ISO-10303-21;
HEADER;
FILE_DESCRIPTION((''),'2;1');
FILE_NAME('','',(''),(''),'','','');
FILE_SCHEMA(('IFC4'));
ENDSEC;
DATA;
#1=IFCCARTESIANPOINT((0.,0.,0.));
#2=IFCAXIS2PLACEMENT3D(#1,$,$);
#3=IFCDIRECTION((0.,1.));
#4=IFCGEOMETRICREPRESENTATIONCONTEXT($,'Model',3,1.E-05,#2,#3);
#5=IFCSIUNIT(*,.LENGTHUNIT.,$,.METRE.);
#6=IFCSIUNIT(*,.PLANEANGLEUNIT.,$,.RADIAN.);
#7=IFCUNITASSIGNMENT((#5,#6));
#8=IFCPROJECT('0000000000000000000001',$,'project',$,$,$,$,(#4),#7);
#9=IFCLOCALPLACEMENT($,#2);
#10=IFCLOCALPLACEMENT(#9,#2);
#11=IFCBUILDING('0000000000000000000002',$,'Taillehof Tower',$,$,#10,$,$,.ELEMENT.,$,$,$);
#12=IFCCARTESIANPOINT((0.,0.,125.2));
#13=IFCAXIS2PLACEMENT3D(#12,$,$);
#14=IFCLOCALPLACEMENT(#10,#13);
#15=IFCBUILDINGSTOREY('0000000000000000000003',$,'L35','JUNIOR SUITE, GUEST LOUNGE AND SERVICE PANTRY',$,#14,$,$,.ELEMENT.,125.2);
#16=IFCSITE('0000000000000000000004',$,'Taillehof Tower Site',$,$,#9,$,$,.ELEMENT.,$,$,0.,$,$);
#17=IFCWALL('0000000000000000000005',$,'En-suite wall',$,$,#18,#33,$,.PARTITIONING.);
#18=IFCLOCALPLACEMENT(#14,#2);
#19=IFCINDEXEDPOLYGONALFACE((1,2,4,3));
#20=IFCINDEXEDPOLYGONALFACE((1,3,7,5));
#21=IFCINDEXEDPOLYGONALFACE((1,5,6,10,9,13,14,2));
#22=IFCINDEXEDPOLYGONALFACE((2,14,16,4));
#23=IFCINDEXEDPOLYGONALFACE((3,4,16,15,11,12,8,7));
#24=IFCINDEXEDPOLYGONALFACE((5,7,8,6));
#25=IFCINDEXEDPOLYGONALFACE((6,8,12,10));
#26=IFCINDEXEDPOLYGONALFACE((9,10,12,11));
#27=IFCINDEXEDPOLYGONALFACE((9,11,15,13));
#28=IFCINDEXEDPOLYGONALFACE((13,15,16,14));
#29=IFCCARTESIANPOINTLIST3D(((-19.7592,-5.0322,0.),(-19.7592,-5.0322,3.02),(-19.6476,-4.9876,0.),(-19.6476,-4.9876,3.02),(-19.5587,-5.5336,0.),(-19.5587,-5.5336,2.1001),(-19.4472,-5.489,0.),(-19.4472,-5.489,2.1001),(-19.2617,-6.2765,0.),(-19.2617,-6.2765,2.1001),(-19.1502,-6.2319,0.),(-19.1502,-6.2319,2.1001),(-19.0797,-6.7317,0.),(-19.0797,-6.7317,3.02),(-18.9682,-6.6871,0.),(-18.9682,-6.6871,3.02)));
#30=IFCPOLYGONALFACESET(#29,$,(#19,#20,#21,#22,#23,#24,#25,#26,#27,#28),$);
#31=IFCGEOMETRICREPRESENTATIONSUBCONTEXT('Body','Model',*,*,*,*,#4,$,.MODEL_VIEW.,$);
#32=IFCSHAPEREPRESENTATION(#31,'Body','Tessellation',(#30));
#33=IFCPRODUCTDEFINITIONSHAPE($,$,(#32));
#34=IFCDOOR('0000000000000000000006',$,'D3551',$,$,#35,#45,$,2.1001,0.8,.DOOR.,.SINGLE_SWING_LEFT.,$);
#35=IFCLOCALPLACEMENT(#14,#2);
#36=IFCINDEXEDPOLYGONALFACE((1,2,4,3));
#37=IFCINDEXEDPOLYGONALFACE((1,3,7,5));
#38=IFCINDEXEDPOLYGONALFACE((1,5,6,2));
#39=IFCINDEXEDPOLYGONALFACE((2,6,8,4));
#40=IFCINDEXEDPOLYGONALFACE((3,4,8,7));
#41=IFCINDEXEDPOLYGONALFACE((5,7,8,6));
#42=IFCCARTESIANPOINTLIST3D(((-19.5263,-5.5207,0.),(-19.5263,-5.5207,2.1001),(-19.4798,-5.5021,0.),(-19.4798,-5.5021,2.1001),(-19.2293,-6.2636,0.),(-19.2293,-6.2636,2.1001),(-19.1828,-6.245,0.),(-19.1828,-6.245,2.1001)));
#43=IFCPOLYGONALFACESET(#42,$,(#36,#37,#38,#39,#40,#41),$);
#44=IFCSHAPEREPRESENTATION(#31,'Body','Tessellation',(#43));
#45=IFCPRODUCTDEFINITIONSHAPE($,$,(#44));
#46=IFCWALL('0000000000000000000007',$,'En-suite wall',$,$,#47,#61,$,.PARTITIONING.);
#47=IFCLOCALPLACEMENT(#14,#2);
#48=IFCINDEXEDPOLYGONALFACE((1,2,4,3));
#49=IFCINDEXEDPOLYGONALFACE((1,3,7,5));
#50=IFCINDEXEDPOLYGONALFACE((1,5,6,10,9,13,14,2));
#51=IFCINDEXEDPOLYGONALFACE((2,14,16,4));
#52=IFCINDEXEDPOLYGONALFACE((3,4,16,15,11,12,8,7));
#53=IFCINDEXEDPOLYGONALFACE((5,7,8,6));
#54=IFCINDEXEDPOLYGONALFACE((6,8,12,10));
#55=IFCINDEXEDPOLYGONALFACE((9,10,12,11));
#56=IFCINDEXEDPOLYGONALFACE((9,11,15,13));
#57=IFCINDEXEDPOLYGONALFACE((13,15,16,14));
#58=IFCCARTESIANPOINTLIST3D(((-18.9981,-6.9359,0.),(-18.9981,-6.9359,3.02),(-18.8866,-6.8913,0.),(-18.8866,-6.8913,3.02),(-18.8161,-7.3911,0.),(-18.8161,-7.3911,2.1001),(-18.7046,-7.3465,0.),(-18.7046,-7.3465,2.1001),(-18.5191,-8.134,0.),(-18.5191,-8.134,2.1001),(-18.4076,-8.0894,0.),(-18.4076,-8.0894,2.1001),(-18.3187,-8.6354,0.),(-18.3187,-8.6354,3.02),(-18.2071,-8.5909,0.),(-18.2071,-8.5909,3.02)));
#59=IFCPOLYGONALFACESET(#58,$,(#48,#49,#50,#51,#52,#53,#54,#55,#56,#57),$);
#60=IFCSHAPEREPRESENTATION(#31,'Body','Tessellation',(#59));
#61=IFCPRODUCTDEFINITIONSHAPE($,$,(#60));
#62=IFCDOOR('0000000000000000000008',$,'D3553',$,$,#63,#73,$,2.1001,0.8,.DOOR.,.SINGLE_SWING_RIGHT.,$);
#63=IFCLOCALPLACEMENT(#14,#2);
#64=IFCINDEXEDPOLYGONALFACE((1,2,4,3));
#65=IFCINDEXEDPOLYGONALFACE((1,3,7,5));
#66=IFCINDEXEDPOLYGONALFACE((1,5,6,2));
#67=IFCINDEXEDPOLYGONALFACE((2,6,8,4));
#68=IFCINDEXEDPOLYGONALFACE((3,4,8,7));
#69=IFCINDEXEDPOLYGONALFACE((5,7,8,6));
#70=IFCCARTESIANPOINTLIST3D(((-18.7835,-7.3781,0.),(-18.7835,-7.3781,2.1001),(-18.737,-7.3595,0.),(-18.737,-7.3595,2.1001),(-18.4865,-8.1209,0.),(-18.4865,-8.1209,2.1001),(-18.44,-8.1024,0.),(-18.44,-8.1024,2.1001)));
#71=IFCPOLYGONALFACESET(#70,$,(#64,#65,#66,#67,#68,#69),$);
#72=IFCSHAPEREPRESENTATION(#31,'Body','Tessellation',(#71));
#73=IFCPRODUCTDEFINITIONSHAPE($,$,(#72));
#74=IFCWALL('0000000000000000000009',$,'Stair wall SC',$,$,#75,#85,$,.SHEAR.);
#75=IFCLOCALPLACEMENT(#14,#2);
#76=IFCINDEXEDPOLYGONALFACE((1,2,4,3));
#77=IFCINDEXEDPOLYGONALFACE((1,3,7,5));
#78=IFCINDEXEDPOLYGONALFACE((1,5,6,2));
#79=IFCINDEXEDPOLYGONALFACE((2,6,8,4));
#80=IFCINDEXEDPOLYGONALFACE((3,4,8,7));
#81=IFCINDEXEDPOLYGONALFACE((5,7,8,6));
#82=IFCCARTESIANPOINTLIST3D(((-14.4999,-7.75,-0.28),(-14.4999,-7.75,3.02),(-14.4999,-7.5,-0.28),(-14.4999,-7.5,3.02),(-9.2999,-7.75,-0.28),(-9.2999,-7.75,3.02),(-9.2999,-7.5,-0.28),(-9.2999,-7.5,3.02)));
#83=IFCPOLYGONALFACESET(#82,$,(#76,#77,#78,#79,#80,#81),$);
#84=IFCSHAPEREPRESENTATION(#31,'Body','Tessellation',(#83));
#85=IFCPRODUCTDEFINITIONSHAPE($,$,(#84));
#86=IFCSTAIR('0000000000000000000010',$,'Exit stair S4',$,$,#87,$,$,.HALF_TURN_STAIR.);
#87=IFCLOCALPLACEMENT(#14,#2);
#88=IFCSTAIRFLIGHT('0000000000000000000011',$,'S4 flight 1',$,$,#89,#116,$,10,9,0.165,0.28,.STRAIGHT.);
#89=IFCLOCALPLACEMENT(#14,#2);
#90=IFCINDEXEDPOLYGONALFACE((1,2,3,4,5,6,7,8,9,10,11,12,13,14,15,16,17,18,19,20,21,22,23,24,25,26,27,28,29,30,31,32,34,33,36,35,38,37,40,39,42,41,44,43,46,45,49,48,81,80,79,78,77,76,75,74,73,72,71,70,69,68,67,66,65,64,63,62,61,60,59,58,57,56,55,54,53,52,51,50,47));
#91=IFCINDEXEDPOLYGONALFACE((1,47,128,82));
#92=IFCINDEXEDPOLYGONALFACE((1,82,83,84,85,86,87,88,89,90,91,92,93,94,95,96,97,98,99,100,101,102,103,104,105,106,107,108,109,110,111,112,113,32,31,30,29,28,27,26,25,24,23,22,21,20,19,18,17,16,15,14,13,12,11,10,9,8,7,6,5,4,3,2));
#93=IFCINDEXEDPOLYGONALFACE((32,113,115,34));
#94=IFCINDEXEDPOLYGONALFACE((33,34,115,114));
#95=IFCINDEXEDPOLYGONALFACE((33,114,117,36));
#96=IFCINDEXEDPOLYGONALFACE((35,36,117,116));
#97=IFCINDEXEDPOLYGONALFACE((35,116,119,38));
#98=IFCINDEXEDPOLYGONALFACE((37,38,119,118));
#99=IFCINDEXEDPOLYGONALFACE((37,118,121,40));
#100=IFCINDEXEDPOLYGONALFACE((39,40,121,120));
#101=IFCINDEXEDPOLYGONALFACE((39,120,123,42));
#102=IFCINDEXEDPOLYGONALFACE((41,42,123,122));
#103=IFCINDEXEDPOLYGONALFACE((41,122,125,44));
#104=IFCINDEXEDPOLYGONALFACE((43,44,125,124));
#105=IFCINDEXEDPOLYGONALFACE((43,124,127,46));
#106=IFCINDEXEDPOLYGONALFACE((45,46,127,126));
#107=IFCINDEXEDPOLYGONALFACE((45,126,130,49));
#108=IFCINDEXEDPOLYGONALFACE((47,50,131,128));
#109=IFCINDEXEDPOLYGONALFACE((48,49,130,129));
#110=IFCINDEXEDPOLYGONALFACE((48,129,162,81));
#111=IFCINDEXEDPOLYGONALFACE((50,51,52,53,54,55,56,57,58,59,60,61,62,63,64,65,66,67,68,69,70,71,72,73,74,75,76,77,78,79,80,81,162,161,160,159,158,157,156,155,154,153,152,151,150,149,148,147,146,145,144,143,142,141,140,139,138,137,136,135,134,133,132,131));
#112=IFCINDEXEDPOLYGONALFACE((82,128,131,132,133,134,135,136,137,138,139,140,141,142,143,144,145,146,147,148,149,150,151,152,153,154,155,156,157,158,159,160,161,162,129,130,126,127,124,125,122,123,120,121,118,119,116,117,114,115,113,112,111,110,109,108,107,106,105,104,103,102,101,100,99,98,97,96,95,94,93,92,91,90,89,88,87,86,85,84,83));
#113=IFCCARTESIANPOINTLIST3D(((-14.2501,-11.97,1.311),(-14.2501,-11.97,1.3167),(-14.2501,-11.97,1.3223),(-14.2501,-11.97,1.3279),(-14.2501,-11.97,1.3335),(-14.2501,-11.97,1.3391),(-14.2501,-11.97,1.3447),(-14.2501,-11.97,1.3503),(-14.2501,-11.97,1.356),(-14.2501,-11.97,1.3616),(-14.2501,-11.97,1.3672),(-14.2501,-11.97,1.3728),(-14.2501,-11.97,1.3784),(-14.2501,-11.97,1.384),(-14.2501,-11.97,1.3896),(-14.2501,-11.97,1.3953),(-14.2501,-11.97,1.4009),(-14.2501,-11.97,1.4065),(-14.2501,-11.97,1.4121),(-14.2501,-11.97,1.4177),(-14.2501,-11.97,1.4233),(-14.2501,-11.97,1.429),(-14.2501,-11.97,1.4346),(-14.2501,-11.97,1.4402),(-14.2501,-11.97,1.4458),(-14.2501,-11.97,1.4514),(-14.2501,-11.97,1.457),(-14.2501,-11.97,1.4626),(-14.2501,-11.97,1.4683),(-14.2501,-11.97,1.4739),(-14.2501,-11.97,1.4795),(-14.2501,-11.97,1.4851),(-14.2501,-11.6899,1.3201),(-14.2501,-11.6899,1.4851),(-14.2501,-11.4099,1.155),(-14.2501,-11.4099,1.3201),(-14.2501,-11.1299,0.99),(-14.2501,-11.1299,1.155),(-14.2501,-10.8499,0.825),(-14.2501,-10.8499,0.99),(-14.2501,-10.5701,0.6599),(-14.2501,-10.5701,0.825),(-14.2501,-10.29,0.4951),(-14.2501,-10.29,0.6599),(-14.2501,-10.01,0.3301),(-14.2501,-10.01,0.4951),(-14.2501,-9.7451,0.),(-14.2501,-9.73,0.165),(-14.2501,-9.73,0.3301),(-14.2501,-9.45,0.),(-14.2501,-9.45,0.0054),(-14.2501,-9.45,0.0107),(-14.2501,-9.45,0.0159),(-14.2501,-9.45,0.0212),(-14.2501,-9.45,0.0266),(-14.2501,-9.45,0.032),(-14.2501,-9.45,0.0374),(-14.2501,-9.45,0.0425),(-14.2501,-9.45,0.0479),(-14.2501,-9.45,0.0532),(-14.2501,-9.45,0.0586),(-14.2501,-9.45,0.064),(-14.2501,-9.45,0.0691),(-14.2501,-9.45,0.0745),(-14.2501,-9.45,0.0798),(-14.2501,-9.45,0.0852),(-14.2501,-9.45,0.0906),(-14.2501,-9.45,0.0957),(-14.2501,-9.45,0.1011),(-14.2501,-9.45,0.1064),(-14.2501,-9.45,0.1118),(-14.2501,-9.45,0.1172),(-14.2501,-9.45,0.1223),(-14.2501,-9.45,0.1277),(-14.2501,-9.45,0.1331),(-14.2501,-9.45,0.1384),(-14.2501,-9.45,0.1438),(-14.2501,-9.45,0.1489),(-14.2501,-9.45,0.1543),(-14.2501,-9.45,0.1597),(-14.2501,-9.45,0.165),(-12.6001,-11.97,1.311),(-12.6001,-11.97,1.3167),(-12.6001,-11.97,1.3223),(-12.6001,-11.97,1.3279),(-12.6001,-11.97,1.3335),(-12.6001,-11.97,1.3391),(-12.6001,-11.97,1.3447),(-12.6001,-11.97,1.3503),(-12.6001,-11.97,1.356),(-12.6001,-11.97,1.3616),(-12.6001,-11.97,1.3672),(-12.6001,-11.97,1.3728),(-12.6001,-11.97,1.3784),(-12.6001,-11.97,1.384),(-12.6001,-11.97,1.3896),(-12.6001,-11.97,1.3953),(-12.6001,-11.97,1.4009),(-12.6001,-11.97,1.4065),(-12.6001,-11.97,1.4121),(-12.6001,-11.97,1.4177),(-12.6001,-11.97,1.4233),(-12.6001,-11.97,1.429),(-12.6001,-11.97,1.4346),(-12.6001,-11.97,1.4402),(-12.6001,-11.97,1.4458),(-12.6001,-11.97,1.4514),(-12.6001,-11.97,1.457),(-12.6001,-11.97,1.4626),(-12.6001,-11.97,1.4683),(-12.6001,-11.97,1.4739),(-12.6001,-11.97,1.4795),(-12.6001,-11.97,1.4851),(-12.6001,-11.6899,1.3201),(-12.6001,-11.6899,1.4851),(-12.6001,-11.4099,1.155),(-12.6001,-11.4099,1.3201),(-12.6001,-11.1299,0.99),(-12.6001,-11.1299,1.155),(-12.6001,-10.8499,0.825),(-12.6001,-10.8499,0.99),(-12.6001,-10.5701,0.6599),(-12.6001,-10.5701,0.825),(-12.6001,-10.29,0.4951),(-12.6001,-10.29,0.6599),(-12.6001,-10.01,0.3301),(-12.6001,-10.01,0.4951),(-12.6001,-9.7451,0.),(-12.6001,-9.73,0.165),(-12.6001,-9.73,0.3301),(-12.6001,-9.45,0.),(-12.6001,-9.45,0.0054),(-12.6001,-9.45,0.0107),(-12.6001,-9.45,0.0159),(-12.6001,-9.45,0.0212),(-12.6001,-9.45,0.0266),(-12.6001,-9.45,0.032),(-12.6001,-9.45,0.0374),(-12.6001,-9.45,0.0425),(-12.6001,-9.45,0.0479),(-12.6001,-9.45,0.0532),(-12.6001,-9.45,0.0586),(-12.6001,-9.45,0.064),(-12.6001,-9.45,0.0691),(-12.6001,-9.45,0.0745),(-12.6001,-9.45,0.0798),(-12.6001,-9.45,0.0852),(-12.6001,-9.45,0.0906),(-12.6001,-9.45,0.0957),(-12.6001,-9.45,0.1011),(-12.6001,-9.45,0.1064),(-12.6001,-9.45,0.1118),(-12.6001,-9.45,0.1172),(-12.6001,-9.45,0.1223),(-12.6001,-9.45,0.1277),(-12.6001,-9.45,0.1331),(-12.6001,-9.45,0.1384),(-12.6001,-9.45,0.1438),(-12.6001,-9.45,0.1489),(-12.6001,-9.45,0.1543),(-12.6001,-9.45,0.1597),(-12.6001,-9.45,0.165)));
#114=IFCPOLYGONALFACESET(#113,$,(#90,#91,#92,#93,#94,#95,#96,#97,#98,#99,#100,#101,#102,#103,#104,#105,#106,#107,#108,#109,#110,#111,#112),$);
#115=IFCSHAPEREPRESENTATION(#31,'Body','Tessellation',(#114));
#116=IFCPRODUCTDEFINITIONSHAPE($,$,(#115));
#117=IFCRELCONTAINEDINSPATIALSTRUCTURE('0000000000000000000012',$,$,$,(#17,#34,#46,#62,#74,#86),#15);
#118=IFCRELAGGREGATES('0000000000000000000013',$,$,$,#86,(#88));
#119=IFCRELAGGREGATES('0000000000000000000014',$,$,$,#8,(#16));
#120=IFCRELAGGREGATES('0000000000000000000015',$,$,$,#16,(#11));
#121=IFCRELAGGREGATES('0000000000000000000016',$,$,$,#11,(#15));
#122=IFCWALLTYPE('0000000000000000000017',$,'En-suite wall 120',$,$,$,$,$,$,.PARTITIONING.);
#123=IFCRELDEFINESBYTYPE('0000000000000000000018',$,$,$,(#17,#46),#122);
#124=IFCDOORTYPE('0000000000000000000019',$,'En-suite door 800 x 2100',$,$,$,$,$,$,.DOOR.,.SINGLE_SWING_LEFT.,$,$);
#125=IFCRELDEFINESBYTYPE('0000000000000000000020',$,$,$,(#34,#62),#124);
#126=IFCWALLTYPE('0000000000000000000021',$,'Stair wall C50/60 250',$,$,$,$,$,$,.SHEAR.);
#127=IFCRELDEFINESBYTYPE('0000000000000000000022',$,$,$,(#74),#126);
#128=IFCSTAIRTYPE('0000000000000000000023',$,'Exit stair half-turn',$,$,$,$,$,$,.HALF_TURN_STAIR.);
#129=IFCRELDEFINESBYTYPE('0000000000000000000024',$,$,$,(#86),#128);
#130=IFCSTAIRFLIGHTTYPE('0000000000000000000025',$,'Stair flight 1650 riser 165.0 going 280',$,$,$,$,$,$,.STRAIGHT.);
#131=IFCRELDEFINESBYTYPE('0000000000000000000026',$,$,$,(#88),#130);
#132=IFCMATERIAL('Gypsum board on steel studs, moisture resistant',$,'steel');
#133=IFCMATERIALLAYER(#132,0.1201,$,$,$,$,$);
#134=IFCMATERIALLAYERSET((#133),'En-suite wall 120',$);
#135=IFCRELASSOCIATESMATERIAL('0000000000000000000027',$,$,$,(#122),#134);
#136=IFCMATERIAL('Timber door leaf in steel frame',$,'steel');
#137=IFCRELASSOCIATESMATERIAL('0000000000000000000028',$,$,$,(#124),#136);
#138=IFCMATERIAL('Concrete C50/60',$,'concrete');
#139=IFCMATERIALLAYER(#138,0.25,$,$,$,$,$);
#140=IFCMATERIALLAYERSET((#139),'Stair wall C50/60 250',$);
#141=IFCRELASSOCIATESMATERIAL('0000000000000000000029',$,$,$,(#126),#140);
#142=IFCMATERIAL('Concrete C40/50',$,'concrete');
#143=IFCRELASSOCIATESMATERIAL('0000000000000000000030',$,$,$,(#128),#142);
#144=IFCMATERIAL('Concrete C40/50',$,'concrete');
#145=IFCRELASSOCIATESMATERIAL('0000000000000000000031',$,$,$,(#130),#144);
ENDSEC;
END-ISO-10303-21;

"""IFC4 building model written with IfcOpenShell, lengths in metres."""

from ifc_helpers import new_model, si_unit, direction, frame, frame_2d, origin, place, context, subcontext, project, spatial, polyline, rectangle, outline, extrude, material, layer, layer_set, type_object, element, fill, aggregate, save


model = new_model("IFC4")

# Units and contexts
model_context = context("Model", 3, precision=1e-05, world=origin(), true_north=direction((0.0, 1.0)))
body_context = subcontext(model_context, "Body", "Model", "MODEL_VIEW")
ifc_project = project(units=[si_unit("LENGTHUNIT", "METRE"), si_unit("PLANEANGLEUNIT", "RADIAN")], contexts=[model_context])

# Site, building, storey
site_placement = place(None, origin())
site = spatial("IfcSite", under=ifc_project, at=site_placement, Name="Taillehof Tower Site", CompositionType="ELEMENT", RefElevation=0.0)
building_placement = place(site_placement, origin())
building = spatial("IfcBuilding", under=site, at=building_placement, Name="Taillehof Tower", CompositionType="ELEMENT")
storey_placement = place(building_placement, frame((0.0, 0.0, 125.2)))
storey = spatial("IfcBuildingStorey", under=building, at=storey_placement, Name="L35", Description="JUNIOR SUITE, GUEST LOUNGE AND SERVICE PANTRY", CompositionType="ELEMENT", Elevation=125.2)

# Shared definitions
ifc_material_1 = material(Name="Gypsum board on steel studs, moisture resistant", Category="steel")
ifc_layer_1 = layer(ifc_material_1, 0.1201)
ifc_layer_set_1 = layer_set([ifc_layer_1], Name="En-suite wall 120")
wall_type_1 = type_object("IfcWallType", Name="En-suite wall 120", PredefinedType="PARTITIONING", material=ifc_layer_set_1)

# Walls, openings, doors
wall_1_placement = place(storey_placement, frame((-19.7034, -5.01, 0.0), z_axis=(0.0, 0.0, 1.0), x_axis=(0.37123, -0.928541, 0.0)))
wall_1 = element("IfcWall", 1, at=wall_1_placement, inside=storey, type_object=wall_type_1, Name="En-suite wall", PredefinedType="PARTITIONING", context=body_context, shape_type="SweptSolid", body=[
    extrude(rectangle(XDim=1.8303, YDim=0.1201, at=frame_2d((0.915, 0.0))), origin(), (0.0, 0.0, 1.0), 3.02),
])
opening_1_placement = place(wall_1_placement, frame((0.54, 0.0, 0.0)))
opening_1 = element("IfcOpeningElement", 2, at=opening_1_placement, cuts=wall_1, PredefinedType="OPENING", context=body_context, shape_type="SweptSolid", body=[
    extrude(rectangle(XDim=0.8, YDim=2.1001, at=frame_2d((0.3999, 1.05))), frame((0.0, 0.0701, 0.0), z_axis=(0.0, -1.0, 0.0), x_axis=(1.0, 0.0, 0.0)), (0.0, 0.0, 1.0), 0.1401),
])
ifc_material_2 = material(Name="Timber door leaf in steel frame", Category="steel")
door_type_1 = type_object("IfcDoorType", Name="En-suite door 800 x 2100", OperationType="SINGLE_SWING_LEFT", PredefinedType="DOOR", material=ifc_material_2)
door_1_placement = place(opening_1_placement, origin())
door_1 = element("IfcDoor", 3, at=door_1_placement, inside=storey, type_object=door_type_1, Name="D3551", OperationType="SINGLE_SWING_LEFT", OverallHeight=2.1001, OverallWidth=0.8, PredefinedType="DOOR", context=body_context, shape_type="SweptSolid", body=[
    extrude(rectangle(XDim=0.8, YDim=2.1001, at=frame_2d((0.3999, 1.05))), frame((0.0, 0.0249, 0.0), z_axis=(0.0, -1.0, 0.0), x_axis=(1.0, 0.0, 0.0)), (0.0, 0.0, 1.0), 0.05),
])
fill(opening_1, door_1)
wall_2_placement = place(storey_placement, frame((-18.2629, -8.613, 0.0), z_axis=(0.0, 0.0, 1.0), x_axis=(-0.37123, 0.928541, 0.0)))
wall_2 = element("IfcWall", 4, at=wall_2_placement, inside=storey, type_object=wall_type_1, Name="En-suite wall", PredefinedType="PARTITIONING", context=body_context, shape_type="SweptSolid", body=[
    extrude(rectangle(XDim=1.8303, YDim=0.1201, at=frame_2d((0.915, 0.0))), origin(), (0.0, 0.0, 1.0), 3.02),
])
opening_2_placement = place(wall_2_placement, frame((0.54, 0.0, 0.0)))
opening_2 = element("IfcOpeningElement", 5, at=opening_2_placement, cuts=wall_2, PredefinedType="OPENING", context=body_context, shape_type="SweptSolid", body=[
    extrude(rectangle(XDim=0.8, YDim=2.1001, at=frame_2d((0.3999, 1.05))), frame((0.0, 0.0701, 0.0), z_axis=(0.0, -1.0, 0.0), x_axis=(1.0, 0.0, 0.0)), (0.0, 0.0, 1.0), 0.1401),
])
door_2_placement = place(opening_2_placement, origin())
door_2 = element("IfcDoor", 6, at=door_2_placement, inside=storey, type_object=door_type_1, Name="D3553", OperationType="SINGLE_SWING_RIGHT", OverallHeight=2.1001, OverallWidth=0.8, PredefinedType="DOOR", context=body_context, shape_type="SweptSolid", body=[
    extrude(rectangle(XDim=0.8, YDim=2.1001, at=frame_2d((0.3999, 1.05))), frame((0.0, 0.0249, 0.0), z_axis=(0.0, -1.0, 0.0), x_axis=(1.0, 0.0, 0.0)), (0.0, 0.0, 1.0), 0.05),
])
fill(opening_2, door_2)

# Wall
ifc_material_3 = material(Name="Concrete C50/60", Category="concrete")
ifc_layer_2 = layer(ifc_material_3, 0.25)
ifc_layer_set_2 = layer_set([ifc_layer_2], Name="Stair wall C50/60 250")
wall_type_2 = type_object("IfcWallType", Name="Stair wall C50/60 250", PredefinedType="SHEAR", material=ifc_layer_set_2)
wall_3_placement = place(storey_placement, frame((-14.5, -7.625, -0.28), z_axis=(0.0, 0.0, 1.0), x_axis=(1.0, 0.0, 0.0)))
element("IfcWall", 7, at=wall_3_placement, inside=storey, type_object=wall_type_2, Name="Stair wall SC", PredefinedType="SHEAR", context=body_context, shape_type="SweptSolid", body=[
    extrude(rectangle(XDim=5.2, YDim=0.25, at=frame_2d((2.6001, 0.0))), origin(), (0.0, 0.0, 1.0), 3.3),
])

# Stair, stair flight
ifc_material_4 = material(Name="Concrete C40/50", Category="concrete")
stair_type = type_object("IfcStairType", Name="Exit stair half-turn", PredefinedType="HALF_TURN_STAIR", material=ifc_material_4)
stair_placement = place(storey_placement, origin())
stair = element("IfcStair", 8, at=stair_placement, inside=storey, type_object=stair_type, Name="Exit stair S4", PredefinedType="HALF_TURN_STAIR")
ifc_material_5 = material(Name="Concrete C40/50", Category="concrete")
stair_flight_type = type_object("IfcStairFlightType", Name="Stair flight 1650 riser 165.0 going 280", PredefinedType="STRAIGHT", material=ifc_material_5)
stair_flight_placement = place(storey_placement, frame((-13.425, -9.45, 0.0), z_axis=(0.0, 0.0, 1.0), x_axis=(0.0, -1.0, 0.0)))
stair_flight = element("IfcStairFlight", 9, at=stair_flight_placement, type_object=stair_flight_type, Name="S4 flight 1", NumberOfRisers=10, NumberOfTreads=9, PredefinedType="STRAIGHT", RiserHeight=0.165, TreadLength=0.28, context=body_context, shape_type="SweptSolid", body=[
    extrude(outline(polyline([(0.0, 0.0), (0.0, 0.0054), (0.0, 0.0107), (0.0, 0.0159), (0.0, 0.0212), (0.0, 0.0266), (0.0, 0.032), (0.0, 0.0374), (0.0, 0.0425), (0.0, 0.0479), (0.0, 0.0532), (0.0, 0.0586), (0.0, 0.064), (0.0, 0.0691), (0.0, 0.0745), (0.0, 0.0798), (0.0, 0.0852), (0.0, 0.0906), (0.0, 0.0957), (0.0, 0.1011), (0.0, 0.1064), (0.0, 0.1118), (0.0, 0.1172), (0.0, 0.1223), (0.0, 0.1277), (0.0, 0.1331), (0.0, 0.1384), (0.0, 0.1438), (0.0, 0.1489), (0.0, 0.1543), (0.0, 0.1597), (0.0, 0.165), (0.28, 0.165), (0.28, 0.3301), (0.5601, 0.3301), (0.5601, 0.4951), (0.8401, 0.4951), (0.8401, 0.6599), (1.1201, 0.6599), (1.1201, 0.825), (1.3999, 0.825), (1.3999, 0.99), (1.6799, 0.99), (1.6799, 1.155), (1.96, 1.155), (1.96, 1.3201), (2.24, 1.3201), (2.24, 1.4851), (2.52, 1.4851), (2.52, 1.4795), (2.52, 1.4739), (2.52, 1.4683), (2.52, 1.4626), (2.52, 1.457), (2.52, 1.4514), (2.52, 1.4458), (2.52, 1.4402), (2.52, 1.4346), (2.52, 1.429), (2.52, 1.4233), (2.52, 1.4177), (2.52, 1.4121), (2.52, 1.4065), (2.52, 1.4009), (2.52, 1.3953), (2.52, 1.3896), (2.52, 1.384), (2.52, 1.3784), (2.52, 1.3728), (2.52, 1.3672), (2.52, 1.3616), (2.52, 1.356), (2.52, 1.3503), (2.52, 1.3447), (2.52, 1.3391), (2.52, 1.3335), (2.52, 1.3279), (2.52, 1.3223), (2.52, 1.3167), (2.52, 1.311), (0.2952, 0.0), (0.0, 0.0)])), frame((0.0, 0.825, 0.0), z_axis=(0.0, -1.0, 0.0), x_axis=(1.0, 0.0, 0.0)), (0.0, 0.0, 1.0), 1.65),
])
aggregate(stair, [stair_flight])

save(model, "model.ifc")
